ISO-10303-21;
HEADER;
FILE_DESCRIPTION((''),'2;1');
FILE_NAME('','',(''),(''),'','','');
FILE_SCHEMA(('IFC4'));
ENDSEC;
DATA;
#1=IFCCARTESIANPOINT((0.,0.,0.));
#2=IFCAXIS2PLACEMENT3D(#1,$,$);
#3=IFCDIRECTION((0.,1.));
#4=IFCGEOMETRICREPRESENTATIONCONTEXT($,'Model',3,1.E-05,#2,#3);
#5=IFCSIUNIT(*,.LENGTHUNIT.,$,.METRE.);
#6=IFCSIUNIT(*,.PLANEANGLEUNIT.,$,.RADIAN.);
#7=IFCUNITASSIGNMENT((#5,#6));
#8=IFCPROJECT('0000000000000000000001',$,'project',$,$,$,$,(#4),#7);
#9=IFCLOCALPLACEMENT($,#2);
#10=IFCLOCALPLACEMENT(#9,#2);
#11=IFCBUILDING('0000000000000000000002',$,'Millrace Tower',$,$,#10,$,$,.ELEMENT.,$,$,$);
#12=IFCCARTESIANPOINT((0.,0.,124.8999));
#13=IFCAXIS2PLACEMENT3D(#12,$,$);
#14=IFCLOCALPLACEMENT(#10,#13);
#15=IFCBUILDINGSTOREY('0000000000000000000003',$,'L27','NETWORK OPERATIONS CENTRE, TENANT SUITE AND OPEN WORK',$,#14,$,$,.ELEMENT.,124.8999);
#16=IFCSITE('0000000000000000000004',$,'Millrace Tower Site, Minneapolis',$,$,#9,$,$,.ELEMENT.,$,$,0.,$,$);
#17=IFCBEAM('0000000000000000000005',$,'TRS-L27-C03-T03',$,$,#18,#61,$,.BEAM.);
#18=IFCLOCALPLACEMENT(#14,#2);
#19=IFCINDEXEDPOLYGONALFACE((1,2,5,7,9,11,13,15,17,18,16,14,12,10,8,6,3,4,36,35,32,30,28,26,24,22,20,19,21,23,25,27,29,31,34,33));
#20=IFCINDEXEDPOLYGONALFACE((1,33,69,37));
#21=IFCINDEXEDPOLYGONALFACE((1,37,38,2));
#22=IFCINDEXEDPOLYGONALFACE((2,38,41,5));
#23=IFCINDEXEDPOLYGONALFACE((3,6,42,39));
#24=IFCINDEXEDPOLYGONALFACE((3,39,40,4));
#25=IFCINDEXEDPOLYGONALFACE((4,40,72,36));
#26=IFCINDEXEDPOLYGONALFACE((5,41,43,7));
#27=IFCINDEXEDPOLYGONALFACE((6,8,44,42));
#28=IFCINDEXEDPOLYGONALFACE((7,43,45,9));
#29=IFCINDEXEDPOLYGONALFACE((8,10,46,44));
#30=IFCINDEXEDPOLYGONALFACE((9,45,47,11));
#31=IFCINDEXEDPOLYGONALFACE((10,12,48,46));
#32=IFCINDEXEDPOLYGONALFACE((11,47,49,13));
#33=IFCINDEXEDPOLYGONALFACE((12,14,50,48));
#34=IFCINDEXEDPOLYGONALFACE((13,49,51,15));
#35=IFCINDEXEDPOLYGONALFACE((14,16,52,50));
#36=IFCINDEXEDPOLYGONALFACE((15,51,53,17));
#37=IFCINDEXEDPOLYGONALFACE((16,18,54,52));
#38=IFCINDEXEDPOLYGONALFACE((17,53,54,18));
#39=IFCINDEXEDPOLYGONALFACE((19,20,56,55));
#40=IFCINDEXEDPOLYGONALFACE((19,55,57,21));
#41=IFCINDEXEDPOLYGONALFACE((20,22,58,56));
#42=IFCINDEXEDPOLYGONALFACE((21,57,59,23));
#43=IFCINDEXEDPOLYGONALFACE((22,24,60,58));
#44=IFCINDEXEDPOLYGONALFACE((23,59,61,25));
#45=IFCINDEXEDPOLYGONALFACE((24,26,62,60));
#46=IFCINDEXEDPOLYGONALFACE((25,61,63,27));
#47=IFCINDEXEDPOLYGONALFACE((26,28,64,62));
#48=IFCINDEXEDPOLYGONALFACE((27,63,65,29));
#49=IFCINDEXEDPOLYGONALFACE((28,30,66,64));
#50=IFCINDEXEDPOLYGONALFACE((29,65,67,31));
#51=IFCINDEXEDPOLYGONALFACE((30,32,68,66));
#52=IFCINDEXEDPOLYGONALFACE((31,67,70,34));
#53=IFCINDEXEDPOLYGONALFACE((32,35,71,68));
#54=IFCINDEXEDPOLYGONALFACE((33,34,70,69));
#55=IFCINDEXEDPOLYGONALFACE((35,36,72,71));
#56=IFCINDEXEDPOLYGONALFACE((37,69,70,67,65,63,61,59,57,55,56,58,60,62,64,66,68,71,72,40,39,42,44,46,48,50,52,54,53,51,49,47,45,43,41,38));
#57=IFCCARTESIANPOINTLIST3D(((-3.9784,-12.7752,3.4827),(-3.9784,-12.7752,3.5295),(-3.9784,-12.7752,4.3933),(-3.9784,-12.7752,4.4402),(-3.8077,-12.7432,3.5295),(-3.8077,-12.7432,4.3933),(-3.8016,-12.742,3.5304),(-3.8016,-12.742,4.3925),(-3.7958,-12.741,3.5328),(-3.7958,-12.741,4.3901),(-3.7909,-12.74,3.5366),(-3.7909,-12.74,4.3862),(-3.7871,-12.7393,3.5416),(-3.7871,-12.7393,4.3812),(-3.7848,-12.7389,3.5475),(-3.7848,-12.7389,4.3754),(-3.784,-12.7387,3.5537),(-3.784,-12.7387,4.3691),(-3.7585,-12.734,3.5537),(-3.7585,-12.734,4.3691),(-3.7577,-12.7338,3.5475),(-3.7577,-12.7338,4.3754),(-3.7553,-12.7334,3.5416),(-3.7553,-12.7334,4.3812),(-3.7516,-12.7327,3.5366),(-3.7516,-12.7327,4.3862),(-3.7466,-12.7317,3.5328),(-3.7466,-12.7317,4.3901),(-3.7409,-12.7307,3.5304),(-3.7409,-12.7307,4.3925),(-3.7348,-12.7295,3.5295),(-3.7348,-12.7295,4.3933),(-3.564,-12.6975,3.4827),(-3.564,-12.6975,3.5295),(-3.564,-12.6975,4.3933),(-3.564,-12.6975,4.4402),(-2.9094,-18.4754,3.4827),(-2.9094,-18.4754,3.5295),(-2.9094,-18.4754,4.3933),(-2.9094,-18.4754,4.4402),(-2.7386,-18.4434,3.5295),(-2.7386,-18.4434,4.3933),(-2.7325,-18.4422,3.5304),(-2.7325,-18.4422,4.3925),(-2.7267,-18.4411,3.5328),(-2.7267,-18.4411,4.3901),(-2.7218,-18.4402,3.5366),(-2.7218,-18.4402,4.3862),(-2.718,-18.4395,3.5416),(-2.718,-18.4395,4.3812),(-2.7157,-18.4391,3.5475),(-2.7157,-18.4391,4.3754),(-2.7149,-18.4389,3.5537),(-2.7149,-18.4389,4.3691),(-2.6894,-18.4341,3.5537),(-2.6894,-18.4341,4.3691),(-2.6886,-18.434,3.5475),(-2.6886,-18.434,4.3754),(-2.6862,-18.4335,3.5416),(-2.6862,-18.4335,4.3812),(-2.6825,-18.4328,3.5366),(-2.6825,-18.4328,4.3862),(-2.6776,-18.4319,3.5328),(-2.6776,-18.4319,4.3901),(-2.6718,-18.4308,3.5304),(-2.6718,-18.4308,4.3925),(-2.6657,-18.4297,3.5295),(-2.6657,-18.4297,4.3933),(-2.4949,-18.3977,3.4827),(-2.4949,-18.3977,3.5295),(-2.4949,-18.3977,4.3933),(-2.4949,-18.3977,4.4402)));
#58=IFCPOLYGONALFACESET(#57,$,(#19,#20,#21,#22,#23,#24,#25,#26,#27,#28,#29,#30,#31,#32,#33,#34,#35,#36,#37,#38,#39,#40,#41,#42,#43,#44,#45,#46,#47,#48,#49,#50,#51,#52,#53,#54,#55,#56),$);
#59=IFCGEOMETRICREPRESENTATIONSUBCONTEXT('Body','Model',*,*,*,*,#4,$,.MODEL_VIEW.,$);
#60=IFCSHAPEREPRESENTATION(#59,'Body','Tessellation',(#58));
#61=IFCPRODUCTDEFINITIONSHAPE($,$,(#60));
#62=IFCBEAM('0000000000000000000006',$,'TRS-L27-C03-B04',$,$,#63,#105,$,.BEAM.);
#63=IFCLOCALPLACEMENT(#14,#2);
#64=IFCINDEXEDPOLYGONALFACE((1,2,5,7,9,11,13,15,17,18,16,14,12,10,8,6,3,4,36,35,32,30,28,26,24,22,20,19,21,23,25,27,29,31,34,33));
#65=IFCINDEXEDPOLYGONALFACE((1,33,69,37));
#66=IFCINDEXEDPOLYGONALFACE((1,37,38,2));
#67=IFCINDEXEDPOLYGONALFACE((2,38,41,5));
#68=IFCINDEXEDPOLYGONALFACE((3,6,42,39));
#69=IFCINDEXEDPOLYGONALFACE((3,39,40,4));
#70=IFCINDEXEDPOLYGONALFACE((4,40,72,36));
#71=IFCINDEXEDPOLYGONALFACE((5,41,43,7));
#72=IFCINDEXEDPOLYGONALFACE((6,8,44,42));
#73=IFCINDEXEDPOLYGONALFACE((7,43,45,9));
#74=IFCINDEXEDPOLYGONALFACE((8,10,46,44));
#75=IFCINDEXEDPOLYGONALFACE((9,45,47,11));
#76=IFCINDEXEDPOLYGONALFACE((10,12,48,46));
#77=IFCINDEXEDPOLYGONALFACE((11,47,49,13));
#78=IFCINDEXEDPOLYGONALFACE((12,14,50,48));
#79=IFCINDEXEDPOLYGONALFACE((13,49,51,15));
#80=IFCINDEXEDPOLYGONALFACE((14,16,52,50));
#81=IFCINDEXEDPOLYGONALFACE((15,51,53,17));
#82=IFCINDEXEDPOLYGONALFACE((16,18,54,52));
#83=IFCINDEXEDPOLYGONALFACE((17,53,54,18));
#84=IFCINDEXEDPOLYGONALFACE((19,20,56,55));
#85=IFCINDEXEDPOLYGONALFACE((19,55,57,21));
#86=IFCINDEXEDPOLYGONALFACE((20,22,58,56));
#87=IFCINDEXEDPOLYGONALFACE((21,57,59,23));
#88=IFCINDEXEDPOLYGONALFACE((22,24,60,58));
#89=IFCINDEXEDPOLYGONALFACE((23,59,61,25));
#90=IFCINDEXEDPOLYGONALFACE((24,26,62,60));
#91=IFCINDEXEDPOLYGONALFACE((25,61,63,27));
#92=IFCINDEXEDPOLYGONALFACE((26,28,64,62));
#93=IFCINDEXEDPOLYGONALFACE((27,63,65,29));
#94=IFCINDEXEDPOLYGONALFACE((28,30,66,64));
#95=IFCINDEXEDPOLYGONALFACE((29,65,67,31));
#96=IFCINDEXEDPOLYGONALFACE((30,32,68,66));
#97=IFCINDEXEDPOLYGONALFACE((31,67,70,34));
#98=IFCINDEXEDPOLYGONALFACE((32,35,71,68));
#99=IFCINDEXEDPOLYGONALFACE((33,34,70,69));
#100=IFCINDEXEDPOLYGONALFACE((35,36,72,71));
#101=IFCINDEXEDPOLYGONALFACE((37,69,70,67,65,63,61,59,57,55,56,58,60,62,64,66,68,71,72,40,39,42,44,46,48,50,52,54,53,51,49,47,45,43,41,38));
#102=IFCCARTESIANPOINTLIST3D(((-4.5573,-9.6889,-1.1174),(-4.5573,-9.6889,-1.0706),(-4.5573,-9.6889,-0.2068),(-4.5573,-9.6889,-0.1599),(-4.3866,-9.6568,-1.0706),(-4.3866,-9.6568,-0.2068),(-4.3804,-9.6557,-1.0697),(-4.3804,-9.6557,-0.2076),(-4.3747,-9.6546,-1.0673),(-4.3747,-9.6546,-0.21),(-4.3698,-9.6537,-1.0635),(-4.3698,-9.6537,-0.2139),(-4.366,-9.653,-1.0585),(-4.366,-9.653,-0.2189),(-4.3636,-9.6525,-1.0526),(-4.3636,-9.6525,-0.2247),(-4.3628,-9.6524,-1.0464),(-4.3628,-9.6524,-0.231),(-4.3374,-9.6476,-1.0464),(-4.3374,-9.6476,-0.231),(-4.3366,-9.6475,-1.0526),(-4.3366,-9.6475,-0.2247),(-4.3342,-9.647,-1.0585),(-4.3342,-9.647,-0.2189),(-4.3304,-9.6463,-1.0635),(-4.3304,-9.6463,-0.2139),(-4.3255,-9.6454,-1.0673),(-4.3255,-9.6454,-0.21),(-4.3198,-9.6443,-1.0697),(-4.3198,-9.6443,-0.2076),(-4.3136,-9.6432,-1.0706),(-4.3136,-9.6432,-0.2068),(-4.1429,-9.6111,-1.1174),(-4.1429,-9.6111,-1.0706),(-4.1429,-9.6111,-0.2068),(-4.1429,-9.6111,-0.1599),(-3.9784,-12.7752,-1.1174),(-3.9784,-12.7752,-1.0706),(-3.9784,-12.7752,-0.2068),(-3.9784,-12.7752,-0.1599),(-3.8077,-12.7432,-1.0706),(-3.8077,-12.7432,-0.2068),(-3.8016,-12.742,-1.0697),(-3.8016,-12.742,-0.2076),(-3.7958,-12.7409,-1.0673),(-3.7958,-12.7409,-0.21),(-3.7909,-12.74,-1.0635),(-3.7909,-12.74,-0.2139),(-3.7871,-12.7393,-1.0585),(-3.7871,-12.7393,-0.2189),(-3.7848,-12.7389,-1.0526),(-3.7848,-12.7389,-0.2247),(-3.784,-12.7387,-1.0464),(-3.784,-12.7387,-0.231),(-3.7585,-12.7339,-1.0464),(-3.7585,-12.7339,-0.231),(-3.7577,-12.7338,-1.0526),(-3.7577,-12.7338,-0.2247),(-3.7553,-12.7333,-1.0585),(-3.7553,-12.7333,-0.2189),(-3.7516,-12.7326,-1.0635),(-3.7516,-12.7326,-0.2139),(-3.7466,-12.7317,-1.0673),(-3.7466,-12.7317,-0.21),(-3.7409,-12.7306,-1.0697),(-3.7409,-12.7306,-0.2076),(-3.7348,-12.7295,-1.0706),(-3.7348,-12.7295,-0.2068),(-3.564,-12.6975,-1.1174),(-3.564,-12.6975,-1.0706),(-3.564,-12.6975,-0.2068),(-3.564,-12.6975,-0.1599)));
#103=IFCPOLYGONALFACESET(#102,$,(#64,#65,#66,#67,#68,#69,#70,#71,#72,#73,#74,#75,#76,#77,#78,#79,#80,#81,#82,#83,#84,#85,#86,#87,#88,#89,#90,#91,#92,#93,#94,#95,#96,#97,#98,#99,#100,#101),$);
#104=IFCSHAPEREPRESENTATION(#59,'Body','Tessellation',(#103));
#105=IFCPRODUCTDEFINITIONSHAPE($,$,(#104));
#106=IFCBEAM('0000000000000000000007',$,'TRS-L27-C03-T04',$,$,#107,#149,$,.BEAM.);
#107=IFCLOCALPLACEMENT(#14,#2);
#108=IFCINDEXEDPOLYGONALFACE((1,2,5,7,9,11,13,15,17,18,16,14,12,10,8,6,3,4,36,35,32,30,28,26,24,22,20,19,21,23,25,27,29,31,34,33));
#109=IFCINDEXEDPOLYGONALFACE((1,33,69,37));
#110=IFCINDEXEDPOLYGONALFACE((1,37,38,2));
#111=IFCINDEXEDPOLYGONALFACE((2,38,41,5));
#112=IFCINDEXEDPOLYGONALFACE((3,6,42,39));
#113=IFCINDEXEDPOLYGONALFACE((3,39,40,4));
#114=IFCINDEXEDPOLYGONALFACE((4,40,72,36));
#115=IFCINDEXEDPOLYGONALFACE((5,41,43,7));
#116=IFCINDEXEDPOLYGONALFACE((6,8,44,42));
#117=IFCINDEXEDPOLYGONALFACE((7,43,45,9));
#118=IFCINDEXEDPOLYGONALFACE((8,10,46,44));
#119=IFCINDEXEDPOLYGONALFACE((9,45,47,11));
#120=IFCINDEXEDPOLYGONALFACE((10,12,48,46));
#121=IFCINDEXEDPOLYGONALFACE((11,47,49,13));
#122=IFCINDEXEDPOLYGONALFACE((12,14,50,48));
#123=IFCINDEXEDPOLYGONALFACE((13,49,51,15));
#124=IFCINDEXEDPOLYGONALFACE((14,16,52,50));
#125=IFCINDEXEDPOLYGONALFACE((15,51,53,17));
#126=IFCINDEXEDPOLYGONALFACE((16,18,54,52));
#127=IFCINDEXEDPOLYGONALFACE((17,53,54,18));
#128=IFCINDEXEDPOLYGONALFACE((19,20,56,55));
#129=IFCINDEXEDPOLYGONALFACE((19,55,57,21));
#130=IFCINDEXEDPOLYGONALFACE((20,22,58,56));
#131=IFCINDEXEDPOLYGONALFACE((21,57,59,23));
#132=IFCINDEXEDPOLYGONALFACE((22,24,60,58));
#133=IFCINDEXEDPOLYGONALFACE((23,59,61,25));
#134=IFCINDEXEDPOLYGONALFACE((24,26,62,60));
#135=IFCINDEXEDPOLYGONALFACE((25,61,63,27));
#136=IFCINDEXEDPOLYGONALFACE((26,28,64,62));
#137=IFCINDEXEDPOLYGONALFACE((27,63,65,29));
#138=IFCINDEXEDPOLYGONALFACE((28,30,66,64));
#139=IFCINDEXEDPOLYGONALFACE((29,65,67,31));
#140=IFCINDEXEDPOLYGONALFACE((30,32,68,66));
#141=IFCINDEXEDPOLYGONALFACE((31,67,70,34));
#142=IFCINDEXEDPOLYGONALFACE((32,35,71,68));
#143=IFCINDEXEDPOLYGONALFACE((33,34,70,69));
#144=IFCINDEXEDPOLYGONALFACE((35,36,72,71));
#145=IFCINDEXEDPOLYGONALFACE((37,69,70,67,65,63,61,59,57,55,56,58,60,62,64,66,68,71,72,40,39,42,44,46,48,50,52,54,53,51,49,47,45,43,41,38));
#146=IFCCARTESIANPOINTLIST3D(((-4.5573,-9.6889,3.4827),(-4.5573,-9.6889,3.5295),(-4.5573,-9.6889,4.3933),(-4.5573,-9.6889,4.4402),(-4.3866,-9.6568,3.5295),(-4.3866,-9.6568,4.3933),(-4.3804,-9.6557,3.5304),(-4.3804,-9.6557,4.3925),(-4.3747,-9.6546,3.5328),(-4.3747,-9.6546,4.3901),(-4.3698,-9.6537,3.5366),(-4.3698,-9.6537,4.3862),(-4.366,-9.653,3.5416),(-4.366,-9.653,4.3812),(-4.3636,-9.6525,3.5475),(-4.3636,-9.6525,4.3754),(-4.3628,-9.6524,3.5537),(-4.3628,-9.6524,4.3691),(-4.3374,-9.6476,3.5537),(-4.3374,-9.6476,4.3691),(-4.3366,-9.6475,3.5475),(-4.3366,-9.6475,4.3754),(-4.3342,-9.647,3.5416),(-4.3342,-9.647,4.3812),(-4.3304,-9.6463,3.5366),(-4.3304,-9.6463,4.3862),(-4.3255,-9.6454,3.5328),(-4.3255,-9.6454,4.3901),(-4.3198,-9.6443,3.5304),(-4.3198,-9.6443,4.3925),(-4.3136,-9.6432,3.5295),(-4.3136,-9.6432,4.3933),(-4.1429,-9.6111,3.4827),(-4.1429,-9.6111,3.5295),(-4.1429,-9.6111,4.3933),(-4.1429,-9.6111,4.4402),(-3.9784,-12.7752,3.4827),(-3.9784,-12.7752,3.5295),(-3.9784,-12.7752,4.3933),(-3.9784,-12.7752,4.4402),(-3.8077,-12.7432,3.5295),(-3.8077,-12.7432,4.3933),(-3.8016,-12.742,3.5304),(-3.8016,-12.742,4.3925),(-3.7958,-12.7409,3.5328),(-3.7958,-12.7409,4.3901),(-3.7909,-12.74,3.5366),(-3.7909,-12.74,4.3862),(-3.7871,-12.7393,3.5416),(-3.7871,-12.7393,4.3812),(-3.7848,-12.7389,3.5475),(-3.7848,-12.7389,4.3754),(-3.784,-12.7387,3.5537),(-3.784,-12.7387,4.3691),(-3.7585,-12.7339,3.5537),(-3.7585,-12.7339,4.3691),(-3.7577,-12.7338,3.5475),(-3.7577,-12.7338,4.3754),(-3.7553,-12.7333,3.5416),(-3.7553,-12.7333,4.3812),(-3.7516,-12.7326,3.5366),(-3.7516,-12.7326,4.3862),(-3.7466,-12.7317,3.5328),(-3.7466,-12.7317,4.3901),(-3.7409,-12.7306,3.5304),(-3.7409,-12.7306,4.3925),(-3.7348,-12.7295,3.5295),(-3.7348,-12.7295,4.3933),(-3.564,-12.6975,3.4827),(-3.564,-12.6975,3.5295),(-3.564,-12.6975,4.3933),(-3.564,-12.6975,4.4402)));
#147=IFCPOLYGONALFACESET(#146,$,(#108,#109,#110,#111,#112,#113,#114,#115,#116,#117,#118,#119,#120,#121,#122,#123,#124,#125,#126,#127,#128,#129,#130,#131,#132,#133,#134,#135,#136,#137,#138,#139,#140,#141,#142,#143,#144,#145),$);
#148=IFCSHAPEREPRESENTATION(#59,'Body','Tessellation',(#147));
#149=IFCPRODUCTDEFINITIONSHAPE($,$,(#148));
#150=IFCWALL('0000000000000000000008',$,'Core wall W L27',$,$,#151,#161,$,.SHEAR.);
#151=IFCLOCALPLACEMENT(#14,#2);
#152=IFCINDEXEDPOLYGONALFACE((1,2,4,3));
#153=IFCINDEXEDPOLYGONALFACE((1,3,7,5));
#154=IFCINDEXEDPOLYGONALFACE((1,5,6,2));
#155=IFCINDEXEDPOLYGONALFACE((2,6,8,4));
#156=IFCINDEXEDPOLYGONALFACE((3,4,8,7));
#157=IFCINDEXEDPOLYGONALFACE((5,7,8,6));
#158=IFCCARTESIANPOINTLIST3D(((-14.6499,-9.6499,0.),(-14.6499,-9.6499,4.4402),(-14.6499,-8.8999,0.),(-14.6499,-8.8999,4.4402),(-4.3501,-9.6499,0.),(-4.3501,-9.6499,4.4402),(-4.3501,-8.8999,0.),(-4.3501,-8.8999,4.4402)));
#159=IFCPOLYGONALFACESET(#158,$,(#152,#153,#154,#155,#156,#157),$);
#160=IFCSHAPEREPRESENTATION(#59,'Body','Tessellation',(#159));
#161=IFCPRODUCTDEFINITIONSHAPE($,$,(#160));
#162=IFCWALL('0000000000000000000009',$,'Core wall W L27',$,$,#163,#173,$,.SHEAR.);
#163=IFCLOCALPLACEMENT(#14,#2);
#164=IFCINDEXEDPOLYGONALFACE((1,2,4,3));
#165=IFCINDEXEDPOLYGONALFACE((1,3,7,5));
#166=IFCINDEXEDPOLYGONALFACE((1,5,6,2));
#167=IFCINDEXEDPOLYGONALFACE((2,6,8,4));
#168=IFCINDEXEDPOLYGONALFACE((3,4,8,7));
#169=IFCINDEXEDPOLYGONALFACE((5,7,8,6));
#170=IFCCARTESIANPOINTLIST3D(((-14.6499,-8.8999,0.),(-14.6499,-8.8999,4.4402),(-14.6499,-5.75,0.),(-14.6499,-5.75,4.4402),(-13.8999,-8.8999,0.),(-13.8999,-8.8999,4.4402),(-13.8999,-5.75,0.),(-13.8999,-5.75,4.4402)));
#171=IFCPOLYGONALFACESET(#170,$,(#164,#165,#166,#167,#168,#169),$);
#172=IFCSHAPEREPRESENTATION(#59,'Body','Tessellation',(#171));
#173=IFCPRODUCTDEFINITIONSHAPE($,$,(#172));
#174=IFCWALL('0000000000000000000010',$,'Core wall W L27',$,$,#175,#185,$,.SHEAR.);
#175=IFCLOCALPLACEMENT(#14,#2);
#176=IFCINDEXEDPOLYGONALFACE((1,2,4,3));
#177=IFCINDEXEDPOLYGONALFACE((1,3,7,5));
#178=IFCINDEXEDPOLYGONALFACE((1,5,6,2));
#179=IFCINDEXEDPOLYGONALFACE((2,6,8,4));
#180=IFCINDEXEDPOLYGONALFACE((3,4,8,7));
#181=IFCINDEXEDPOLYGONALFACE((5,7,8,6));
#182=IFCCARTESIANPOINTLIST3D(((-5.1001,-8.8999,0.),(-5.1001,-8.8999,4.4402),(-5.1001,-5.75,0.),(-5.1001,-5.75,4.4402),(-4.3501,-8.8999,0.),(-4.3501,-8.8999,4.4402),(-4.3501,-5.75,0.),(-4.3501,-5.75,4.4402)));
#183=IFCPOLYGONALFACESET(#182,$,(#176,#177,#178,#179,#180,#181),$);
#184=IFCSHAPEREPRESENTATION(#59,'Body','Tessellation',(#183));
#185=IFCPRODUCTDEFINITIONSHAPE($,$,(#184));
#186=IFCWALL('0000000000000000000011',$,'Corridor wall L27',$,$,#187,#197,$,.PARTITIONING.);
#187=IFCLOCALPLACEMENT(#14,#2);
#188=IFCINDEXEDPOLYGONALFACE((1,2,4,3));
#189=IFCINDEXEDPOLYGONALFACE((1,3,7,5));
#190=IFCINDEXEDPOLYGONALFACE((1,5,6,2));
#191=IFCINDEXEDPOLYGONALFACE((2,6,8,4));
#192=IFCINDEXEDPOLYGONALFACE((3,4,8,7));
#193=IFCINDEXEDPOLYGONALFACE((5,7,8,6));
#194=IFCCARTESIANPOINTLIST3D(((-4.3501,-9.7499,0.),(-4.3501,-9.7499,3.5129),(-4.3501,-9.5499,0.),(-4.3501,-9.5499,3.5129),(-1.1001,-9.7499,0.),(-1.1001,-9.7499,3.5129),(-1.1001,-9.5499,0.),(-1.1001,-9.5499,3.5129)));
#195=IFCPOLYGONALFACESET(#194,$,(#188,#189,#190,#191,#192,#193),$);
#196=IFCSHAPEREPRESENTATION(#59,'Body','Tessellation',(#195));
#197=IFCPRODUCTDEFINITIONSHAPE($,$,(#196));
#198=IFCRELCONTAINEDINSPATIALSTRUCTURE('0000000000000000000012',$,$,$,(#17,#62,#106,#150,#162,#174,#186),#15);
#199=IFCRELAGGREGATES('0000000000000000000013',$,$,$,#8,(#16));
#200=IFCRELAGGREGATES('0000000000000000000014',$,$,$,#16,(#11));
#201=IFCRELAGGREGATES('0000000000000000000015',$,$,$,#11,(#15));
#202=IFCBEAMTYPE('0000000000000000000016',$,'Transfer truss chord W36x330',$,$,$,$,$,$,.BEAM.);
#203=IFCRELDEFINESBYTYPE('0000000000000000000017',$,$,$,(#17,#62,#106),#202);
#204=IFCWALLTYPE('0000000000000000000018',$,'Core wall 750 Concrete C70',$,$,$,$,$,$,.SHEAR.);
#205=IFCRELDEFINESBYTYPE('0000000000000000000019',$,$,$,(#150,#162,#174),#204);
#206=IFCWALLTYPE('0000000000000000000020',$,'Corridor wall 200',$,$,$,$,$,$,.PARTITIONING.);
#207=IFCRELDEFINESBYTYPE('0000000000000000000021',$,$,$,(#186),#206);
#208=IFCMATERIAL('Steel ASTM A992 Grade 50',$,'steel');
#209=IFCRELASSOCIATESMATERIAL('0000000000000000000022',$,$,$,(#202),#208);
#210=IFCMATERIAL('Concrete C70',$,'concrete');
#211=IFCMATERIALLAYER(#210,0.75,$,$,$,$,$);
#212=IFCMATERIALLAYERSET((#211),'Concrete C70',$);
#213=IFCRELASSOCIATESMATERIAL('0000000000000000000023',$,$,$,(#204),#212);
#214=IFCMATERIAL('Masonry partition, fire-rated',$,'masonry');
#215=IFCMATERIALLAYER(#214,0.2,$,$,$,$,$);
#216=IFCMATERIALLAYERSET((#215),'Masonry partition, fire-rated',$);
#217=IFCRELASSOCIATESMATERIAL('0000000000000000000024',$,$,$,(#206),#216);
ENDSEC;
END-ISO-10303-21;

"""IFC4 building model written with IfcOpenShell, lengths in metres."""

from ifc_helpers import new_model, si_unit, direction, frame, frame_2d, origin, origin_2d, place, context, subcontext, project, spatial, rectangle, i_section, extrude, material, layer, layer_set, material_profile, profile_set, type_object, element, save


model = new_model("IFC4")

# Units and contexts
model_context = context("Model", 3, precision=1e-05, world=origin(), true_north=direction((0.0, 1.0)))
body_context = subcontext(model_context, "Body", "Model", "MODEL_VIEW")
ifc_project = project(units=[si_unit("LENGTHUNIT", "METRE"), si_unit("PLANEANGLEUNIT", "RADIAN")], contexts=[model_context])

# Site, building, storey
site_placement = place(None, origin())
site = spatial("IfcSite", under=ifc_project, at=site_placement, Name="Millrace Tower Site, Minneapolis", CompositionType="ELEMENT", RefElevation=0.0)
building_placement = place(site_placement, origin())
building = spatial("IfcBuilding", under=site, at=building_placement, Name="Millrace Tower", CompositionType="ELEMENT")
storey_placement = place(building_placement, frame((0.0, 0.0, 124.8999)))
storey = spatial("IfcBuildingStorey", under=building, at=storey_placement, Name="L27", Description="NETWORK OPERATIONS CENTRE, TENANT SUITE AND OPEN WORK", CompositionType="ELEMENT", Elevation=124.8999)

# Beams
ifc_material_1 = material(Name="Steel ASTM A992 Grade 50", Category="steel")
ifc_material_profile_1 = material_profile(ifc_material_1, i_section(OverallWidth=0.4216, OverallDepth=0.9575, WebThickness=0.0259, FlangeThickness=0.0469, FilletRadius=0.0242, at=origin_2d()))
ifc_profile_set_1 = profile_set([ifc_material_profile_1], Name="Steel ASTM A992 Grade 50")
beam_type_1 = type_object("IfcBeamType", Name="Transfer truss chord W36x330", PredefinedType="BEAM", material=ifc_profile_set_1)
for number, where, z_axis, x_axis, name in (
    (1, (-2.7021, -18.4365, 3.9614), (-0.184339, 0.982863, 0.0), (-0.982863, -0.184339, 0.0), "TRS-L27-C03-T03"),
):
    element("IfcBeam", number, at=place(storey_placement, frame(where, z_axis=z_axis, x_axis=x_axis)), inside=storey, type_object=beam_type_1, Name=name, PredefinedType="BEAM", context=body_context, shape_type="SweptSolid", body=[
        extrude(i_section(OverallWidth=0.4216, OverallDepth=0.9575, WebThickness=0.0259, FlangeThickness=0.0469, FilletRadius=0.0242, at=origin_2d()), origin(), (0.0, 0.0, 1.0), 5.7996),
    ])
for number, where, z_axis, x_axis, name in (
    (2, (-3.7712, -12.7363, -0.6387), (-0.184335, 0.982863, 0.0), (-0.982863, -0.184335, 0.0), "TRS-L27-C03-B04"),
    (3, (-3.7712, -12.7363, 3.9614), (-0.184335, 0.982863, 0.0), (-0.982863, -0.184335, 0.0), "TRS-L27-C03-T04"),
):
    element("IfcBeam", number, at=place(storey_placement, frame(where, z_axis=z_axis, x_axis=x_axis)), inside=storey, type_object=beam_type_1, Name=name, PredefinedType="BEAM", context=body_context, shape_type="SweptSolid", body=[
        extrude(i_section(OverallWidth=0.4216, OverallDepth=0.9575, WebThickness=0.0259, FlangeThickness=0.0469, FilletRadius=0.0242, at=origin_2d()), origin(), (0.0, 0.0, 1.0), 3.1401),
    ])

# Walls
ifc_material_2 = material(Name="Concrete C70", Category="concrete")
ifc_layer_1 = layer(ifc_material_2, 0.75)
ifc_layer_set_1 = layer_set([ifc_layer_1], Name="Concrete C70")
wall_type_1 = type_object("IfcWallType", Name="Core wall 750 Concrete C70", PredefinedType="SHEAR", material=ifc_layer_set_1)
wall_1_placement = place(storey_placement, frame((-14.6499, -9.2749, 0.0), z_axis=(0.0, 0.0, 1.0), x_axis=(1.0, 0.0, 0.0)))
element("IfcWall", 4, at=wall_1_placement, inside=storey, type_object=wall_type_1, Name="Core wall W L27", PredefinedType="SHEAR", context=body_context, shape_type="SweptSolid", body=[
    extrude(rectangle(XDim=10.2998, YDim=0.75, at=frame_2d((5.1499, 0.0))), origin(), (0.0, 0.0, 1.0), 4.4402),
])
for number, where, z_axis, x_axis, name in (
    (5, (-14.2749, -8.8999, 0.0), (0.0, 0.0, 1.0), (0.0, 1.0, 0.0), "Core wall W L27"),
    (6, (-4.7251, -8.8999, 0.0), (0.0, 0.0, 1.0), (0.0, 1.0, 0.0), "Core wall W L27"),
):
    element("IfcWall", number, at=place(storey_placement, frame(where, z_axis=z_axis, x_axis=x_axis)), inside=storey, type_object=wall_type_1, Name=name, PredefinedType="SHEAR", context=body_context, shape_type="SweptSolid", body=[
        extrude(rectangle(XDim=3.1499, YDim=0.75, at=frame_2d((1.575, 0.0))), origin(), (0.0, 0.0, 1.0), 4.4402),
    ])
ifc_material_3 = material(Name="Masonry partition, fire-rated", Category="masonry")
ifc_layer_2 = layer(ifc_material_3, 0.2)
ifc_layer_set_2 = layer_set([ifc_layer_2], Name="Masonry partition, fire-rated")
wall_type_2 = type_object("IfcWallType", Name="Corridor wall 200", PredefinedType="PARTITIONING", material=ifc_layer_set_2)
wall_2_placement = place(storey_placement, frame((-4.3501, -9.6499, 0.0), z_axis=(0.0, 0.0, 1.0), x_axis=(1.0, 0.0, 0.0)))
element("IfcWall", 7, at=wall_2_placement, inside=storey, type_object=wall_type_2, Name="Corridor wall L27", PredefinedType="PARTITIONING", context=body_context, shape_type="SweptSolid", body=[
    extrude(rectangle(XDim=3.25, YDim=0.2, at=frame_2d((1.625, 0.0))), origin(), (0.0, 0.0, 1.0), 3.5129),
])

save(model, "model.ifc")
